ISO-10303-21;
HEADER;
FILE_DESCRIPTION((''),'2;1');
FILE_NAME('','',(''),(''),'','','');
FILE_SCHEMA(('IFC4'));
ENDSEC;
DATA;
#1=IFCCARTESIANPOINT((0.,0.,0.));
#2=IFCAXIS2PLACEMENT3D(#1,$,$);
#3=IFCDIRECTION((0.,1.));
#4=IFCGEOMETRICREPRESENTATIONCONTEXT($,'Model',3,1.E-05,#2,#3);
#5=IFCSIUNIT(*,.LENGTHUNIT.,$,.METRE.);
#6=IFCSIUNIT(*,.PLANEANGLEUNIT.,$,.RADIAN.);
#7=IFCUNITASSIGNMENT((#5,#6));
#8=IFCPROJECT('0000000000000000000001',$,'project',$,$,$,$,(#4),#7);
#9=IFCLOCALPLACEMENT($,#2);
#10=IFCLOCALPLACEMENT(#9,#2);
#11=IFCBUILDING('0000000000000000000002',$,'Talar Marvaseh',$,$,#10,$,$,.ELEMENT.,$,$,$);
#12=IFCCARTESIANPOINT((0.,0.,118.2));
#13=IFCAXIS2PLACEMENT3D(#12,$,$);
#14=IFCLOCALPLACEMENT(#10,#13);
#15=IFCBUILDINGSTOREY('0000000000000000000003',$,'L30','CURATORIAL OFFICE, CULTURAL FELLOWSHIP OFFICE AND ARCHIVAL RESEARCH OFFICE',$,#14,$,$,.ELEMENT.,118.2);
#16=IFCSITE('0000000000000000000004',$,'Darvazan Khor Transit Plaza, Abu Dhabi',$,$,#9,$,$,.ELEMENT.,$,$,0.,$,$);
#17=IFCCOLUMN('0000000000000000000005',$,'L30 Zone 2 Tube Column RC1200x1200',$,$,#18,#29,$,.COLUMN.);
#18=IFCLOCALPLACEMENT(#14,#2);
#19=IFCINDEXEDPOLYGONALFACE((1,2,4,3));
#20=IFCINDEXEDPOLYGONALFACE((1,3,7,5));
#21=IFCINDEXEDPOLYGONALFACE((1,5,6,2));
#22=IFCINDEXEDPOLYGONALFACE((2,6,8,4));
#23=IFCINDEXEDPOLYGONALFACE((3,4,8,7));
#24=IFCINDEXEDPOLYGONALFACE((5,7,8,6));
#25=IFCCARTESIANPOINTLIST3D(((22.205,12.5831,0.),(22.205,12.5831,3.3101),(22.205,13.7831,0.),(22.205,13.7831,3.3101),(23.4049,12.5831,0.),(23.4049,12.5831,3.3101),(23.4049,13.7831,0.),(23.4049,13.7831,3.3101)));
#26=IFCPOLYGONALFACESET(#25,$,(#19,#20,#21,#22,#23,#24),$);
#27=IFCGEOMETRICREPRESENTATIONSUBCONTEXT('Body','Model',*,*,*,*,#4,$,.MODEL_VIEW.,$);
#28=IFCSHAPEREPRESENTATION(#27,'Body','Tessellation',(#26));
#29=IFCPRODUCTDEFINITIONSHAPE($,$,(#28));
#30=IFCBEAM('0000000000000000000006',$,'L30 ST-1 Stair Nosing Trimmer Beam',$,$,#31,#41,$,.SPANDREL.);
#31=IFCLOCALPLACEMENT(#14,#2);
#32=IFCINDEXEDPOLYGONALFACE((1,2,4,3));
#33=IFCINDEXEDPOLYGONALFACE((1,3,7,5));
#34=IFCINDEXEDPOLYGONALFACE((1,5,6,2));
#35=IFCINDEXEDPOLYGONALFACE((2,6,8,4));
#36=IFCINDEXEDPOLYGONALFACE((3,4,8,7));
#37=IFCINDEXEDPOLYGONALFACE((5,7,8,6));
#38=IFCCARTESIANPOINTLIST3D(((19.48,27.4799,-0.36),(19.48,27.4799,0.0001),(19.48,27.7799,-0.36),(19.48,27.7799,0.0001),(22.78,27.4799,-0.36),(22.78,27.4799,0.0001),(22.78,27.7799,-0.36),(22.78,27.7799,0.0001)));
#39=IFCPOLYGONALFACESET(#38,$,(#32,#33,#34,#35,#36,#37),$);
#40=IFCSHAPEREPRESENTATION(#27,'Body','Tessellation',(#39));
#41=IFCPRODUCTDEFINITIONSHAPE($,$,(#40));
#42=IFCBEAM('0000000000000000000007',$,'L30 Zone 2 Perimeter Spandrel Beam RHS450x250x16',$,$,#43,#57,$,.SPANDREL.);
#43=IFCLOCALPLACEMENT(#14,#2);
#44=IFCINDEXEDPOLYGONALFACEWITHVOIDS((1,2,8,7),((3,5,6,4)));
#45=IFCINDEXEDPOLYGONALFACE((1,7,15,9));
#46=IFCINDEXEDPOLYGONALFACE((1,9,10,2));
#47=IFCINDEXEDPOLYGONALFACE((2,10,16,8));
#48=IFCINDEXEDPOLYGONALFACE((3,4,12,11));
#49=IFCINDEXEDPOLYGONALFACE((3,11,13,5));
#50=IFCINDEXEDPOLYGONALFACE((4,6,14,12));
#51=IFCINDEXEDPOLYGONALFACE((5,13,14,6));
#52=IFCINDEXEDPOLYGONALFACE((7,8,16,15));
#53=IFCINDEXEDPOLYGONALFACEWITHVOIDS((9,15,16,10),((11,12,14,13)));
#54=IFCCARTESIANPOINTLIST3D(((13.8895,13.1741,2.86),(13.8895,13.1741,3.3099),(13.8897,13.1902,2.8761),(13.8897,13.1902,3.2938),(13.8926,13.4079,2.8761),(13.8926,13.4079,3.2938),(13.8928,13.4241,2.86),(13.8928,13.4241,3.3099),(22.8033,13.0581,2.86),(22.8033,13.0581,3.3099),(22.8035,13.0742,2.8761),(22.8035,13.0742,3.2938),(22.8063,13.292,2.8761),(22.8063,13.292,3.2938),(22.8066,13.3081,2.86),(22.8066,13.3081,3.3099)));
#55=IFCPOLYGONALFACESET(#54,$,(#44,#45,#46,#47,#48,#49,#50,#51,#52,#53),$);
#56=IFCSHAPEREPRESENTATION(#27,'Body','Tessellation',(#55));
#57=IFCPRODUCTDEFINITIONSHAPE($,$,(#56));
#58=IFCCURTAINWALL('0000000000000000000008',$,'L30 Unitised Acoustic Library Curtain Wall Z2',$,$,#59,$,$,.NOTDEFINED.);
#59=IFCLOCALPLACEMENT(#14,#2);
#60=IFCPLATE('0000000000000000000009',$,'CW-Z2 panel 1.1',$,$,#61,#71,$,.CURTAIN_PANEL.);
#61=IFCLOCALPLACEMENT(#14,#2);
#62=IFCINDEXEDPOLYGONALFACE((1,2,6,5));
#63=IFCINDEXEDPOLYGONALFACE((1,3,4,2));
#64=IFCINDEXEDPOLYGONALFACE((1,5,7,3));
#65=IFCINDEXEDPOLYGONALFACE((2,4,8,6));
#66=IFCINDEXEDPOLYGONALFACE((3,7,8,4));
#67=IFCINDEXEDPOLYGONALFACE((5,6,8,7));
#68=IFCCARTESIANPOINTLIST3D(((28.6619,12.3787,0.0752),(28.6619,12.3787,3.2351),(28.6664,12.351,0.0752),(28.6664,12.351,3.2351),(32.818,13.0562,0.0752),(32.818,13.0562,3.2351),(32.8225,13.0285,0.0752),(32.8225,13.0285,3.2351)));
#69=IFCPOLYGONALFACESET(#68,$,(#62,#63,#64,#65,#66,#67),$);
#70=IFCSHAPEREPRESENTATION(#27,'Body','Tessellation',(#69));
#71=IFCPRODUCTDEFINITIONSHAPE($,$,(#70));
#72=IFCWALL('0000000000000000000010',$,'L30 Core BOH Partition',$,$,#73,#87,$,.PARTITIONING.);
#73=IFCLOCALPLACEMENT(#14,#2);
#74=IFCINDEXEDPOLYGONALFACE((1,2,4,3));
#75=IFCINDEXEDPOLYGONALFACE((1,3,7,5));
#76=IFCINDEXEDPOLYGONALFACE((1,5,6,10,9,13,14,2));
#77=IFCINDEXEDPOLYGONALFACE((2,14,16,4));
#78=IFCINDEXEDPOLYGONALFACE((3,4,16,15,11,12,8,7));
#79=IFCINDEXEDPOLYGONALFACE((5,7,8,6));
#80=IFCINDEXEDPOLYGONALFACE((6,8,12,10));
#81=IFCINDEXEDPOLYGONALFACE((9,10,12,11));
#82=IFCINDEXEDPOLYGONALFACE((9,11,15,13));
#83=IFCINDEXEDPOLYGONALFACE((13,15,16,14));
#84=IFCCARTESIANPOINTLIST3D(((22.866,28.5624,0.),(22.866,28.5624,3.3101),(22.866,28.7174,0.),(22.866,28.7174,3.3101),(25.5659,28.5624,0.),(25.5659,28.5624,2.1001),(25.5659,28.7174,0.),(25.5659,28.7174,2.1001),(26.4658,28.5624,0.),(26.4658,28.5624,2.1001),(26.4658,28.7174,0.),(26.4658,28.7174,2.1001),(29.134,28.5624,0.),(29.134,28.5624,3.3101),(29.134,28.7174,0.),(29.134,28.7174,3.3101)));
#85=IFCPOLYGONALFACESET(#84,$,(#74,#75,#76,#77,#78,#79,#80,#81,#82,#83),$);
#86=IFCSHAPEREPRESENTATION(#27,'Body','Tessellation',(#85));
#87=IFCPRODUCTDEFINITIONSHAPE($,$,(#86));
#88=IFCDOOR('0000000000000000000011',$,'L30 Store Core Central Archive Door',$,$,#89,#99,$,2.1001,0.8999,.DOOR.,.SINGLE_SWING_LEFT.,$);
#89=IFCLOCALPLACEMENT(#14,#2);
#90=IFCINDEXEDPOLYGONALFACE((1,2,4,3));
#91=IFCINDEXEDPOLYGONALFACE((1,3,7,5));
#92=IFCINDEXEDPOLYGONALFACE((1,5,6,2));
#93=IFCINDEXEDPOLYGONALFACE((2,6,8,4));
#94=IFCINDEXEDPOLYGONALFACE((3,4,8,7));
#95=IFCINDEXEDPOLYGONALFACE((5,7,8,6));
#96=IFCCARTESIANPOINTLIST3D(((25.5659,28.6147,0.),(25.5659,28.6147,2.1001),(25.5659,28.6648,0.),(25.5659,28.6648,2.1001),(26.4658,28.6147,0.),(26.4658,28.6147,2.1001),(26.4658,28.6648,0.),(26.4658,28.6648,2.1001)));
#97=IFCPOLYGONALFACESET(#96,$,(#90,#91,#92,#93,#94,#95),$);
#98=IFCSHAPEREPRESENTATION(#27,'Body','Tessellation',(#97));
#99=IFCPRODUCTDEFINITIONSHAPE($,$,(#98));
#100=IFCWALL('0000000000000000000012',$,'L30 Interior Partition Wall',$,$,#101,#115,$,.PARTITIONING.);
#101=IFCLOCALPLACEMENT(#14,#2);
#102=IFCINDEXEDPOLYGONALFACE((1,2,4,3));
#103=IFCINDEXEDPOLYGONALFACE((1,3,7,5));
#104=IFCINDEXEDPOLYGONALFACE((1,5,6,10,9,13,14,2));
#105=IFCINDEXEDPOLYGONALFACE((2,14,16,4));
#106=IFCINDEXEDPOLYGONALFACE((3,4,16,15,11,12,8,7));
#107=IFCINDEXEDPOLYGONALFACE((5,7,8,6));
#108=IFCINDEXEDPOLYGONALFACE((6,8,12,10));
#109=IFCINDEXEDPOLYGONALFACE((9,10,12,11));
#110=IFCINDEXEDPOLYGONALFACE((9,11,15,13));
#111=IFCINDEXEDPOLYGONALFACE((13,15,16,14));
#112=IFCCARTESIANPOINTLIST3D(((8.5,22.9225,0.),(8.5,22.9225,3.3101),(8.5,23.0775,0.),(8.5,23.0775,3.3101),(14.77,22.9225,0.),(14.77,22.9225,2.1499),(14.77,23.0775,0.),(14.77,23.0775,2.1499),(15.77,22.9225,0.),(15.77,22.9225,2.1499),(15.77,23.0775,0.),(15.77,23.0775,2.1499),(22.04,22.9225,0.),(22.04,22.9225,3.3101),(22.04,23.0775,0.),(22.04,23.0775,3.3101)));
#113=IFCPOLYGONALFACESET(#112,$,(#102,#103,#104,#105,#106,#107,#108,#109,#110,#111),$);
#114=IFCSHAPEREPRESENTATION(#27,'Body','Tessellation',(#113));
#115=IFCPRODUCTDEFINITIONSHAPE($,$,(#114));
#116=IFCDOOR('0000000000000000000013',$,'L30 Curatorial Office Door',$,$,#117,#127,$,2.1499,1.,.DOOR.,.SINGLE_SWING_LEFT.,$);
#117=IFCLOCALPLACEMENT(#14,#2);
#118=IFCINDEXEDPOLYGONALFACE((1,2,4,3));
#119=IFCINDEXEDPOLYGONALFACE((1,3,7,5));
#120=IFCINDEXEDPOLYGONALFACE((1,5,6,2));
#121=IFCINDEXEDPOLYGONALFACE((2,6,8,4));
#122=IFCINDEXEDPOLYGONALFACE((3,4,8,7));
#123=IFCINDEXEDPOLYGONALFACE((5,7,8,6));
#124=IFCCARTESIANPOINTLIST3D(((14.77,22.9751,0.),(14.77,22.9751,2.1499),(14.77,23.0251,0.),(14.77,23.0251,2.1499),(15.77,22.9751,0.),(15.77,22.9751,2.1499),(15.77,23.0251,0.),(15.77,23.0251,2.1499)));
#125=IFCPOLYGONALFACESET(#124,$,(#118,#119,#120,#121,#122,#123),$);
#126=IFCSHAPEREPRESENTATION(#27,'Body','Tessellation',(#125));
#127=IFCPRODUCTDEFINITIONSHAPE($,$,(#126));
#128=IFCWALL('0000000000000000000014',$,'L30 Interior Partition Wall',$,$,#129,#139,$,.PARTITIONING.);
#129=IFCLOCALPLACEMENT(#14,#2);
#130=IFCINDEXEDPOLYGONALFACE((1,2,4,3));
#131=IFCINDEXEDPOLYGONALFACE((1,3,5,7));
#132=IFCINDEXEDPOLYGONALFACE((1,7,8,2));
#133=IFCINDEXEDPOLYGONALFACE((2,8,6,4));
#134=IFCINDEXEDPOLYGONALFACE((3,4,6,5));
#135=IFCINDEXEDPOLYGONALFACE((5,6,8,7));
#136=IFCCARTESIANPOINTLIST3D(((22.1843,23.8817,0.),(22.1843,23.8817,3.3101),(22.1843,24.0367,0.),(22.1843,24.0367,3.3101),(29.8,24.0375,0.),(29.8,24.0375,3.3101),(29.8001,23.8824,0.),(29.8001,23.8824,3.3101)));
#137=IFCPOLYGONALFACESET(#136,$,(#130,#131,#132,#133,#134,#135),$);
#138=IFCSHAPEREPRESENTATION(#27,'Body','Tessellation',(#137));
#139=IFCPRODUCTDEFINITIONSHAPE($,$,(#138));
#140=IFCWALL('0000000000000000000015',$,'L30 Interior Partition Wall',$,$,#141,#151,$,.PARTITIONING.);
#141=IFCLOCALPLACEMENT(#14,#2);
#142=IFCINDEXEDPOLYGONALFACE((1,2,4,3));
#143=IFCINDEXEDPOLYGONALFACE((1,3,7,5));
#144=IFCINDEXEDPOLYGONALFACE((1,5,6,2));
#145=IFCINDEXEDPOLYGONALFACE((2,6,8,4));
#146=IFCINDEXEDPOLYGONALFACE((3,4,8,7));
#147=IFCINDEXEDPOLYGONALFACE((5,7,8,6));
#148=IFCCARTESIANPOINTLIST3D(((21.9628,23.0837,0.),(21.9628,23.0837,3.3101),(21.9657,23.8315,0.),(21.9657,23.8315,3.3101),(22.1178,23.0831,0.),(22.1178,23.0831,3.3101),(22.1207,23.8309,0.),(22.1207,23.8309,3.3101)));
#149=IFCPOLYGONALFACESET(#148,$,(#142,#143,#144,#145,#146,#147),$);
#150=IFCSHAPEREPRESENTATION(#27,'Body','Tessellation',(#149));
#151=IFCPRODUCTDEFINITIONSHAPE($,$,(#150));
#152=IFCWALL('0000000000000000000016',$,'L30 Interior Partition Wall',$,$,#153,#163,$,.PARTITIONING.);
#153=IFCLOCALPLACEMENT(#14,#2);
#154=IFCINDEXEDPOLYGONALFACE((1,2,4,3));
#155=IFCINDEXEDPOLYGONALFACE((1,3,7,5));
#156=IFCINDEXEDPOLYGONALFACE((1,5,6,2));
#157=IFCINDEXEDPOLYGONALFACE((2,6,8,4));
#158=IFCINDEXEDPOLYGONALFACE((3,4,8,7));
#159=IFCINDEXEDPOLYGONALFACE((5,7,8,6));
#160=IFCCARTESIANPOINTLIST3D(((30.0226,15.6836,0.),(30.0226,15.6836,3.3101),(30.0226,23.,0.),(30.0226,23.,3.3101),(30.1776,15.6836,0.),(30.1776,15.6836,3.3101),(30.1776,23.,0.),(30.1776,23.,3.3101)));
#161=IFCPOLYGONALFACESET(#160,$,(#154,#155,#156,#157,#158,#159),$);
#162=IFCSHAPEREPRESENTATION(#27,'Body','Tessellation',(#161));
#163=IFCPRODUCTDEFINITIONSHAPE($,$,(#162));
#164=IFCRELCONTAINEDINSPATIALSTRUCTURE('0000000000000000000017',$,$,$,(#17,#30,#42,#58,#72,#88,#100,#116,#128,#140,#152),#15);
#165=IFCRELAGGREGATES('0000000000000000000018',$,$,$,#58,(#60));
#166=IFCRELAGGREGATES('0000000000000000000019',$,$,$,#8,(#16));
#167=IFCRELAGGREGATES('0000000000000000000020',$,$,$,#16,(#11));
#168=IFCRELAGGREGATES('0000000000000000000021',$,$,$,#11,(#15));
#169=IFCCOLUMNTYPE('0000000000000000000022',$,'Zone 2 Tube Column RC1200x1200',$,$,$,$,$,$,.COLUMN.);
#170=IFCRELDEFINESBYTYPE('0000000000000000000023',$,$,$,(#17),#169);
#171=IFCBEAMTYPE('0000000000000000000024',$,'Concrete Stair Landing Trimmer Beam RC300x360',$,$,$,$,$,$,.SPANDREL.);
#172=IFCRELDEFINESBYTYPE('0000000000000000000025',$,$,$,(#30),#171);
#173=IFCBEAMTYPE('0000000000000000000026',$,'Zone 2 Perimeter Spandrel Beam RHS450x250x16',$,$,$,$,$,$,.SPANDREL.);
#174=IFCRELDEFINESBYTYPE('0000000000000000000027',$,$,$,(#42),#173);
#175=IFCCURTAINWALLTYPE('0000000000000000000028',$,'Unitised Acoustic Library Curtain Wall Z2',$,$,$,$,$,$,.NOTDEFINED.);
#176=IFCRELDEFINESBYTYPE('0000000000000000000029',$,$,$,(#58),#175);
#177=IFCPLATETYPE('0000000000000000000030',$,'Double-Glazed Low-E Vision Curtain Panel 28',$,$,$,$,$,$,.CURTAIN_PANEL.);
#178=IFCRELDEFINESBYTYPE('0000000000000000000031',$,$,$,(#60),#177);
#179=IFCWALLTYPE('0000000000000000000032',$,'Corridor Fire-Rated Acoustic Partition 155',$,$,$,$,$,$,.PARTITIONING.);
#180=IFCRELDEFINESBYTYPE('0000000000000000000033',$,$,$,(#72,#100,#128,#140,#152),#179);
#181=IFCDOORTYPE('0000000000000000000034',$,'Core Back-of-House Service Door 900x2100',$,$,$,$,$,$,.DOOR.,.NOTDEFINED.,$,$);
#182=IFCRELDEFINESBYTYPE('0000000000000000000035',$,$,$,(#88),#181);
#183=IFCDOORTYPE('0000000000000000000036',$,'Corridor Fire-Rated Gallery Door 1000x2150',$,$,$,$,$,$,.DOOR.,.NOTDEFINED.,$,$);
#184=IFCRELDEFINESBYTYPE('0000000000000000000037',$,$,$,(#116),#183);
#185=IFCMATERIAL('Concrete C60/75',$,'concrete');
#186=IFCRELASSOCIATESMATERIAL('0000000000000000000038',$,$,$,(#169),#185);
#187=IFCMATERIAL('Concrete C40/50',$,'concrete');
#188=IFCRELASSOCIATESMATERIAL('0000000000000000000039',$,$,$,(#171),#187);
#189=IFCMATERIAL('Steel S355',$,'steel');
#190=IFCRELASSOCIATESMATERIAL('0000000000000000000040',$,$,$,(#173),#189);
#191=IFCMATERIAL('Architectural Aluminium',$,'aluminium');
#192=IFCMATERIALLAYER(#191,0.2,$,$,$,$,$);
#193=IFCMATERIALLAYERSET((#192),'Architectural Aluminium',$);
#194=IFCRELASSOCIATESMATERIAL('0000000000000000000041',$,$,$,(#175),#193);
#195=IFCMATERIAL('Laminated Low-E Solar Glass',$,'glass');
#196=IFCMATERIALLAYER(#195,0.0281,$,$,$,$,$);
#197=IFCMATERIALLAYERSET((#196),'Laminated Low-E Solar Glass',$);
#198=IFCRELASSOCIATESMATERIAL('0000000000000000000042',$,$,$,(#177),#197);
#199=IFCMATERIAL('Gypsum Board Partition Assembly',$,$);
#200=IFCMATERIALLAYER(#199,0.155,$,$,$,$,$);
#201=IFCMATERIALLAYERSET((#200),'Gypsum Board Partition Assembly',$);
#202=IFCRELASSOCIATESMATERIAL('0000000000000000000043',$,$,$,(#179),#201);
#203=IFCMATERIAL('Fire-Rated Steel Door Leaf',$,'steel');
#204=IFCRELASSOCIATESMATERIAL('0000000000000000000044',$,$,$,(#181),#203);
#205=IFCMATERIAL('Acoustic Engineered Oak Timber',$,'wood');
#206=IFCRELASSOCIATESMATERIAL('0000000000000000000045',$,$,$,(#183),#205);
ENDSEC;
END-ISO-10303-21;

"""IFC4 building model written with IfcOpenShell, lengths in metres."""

from ifc_helpers import new_model, si_unit, direction, frame, frame_2d, origin, origin_2d, place, context, subcontext, project, spatial, rectangle, hollow_rectangle, extrude, source, transform, mapped, material, layer, layer_set, material_profile, profile_set, type_object, type_shapes, element, fill, aggregate, save


model = new_model("IFC4")

# Units and contexts
model_context = context("Model", 3, precision=1e-05, world=origin(), true_north=direction((0.0, 1.0)))
body_context = subcontext(model_context, "Body", "Model", "MODEL_VIEW")
ifc_project = project(units=[si_unit("LENGTHUNIT", "METRE"), si_unit("PLANEANGLEUNIT", "RADIAN")], contexts=[model_context])

# Site, building, storey
site_placement = place(None, origin())
site = spatial("IfcSite", under=ifc_project, at=site_placement, Name="Darvazan Khor Transit Plaza, Abu Dhabi", CompositionType="ELEMENT", RefElevation=0.0)
building_placement = place(site_placement, origin())
building = spatial("IfcBuilding", under=site, at=building_placement, Name="Talar Marvaseh", CompositionType="ELEMENT")
storey_placement = place(building_placement, frame((0.0, 0.0, 118.2)))
storey = spatial("IfcBuildingStorey", under=building, at=storey_placement, Name="L30", Description="CURATORIAL OFFICE, CULTURAL FELLOWSHIP OFFICE AND ARCHIVAL RESEARCH OFFICE", CompositionType="ELEMENT", Elevation=118.2)

# Column
ifc_material_1 = material(Name="Concrete C60/75", Category="concrete")
ifc_material_profile_1 = material_profile(ifc_material_1, rectangle(XDim=1.2, YDim=1.2, at=origin_2d()), Name="RC1200x1200")
ifc_profile_set_1 = profile_set([ifc_material_profile_1], Name="Concrete C60/75")
column_type = type_object("IfcColumnType", Name="Zone 2 Tube Column RC1200x1200", PredefinedType="COLUMN", material=ifc_profile_set_1)
column_placement = place(storey_placement, frame((22.8049, 13.1831, 0.0), z_axis=(0.0, 0.0, 1.0), x_axis=(1.0, 0.0, 0.0)))
element("IfcColumn", 1, at=column_placement, inside=storey, type_object=column_type, Name="L30 Zone 2 Tube Column RC1200x1200", PredefinedType="COLUMN", context=body_context, shape_type="SweptSolid", body=[
    extrude(rectangle(XDim=1.2, YDim=1.2, at=origin_2d()), origin(), (0.0, 0.0, 1.0), 3.3101),
])

# Beams
ifc_material_2 = material(Name="Concrete C40/50", Category="concrete")
ifc_material_profile_2 = material_profile(ifc_material_2, rectangle(XDim=0.3, YDim=0.3601, at=origin_2d()), Name="RC300x360")
ifc_profile_set_2 = profile_set([ifc_material_profile_2], Name="Concrete C40/50")
beam_type_1 = type_object("IfcBeamType", Name="Concrete Stair Landing Trimmer Beam RC300x360", PredefinedType="SPANDREL", material=ifc_profile_set_2)
beam_1_placement = place(storey_placement, frame((22.78, 27.6299, -0.1799), z_axis=(-1.0, 0.0, 0.0), x_axis=(0.0, -1.0, 0.0)))
element("IfcBeam", 2, at=beam_1_placement, inside=storey, type_object=beam_type_1, Name="L30 ST-1 Stair Nosing Trimmer Beam", PredefinedType="SPANDREL", context=body_context, shape_type="SweptSolid", body=[
    extrude(rectangle(XDim=0.3, YDim=0.3601, at=origin_2d()), origin(), (0.0, 0.0, 1.0), 3.3),
])
ifc_material_3 = material(Name="Steel S355", Category="steel")
ifc_material_profile_3 = material_profile(ifc_material_3, hollow_rectangle(XDim=0.25, YDim=0.45, WallThickness=0.0161, at=origin_2d()), Name="RHS450x250x16")
ifc_profile_set_3 = profile_set([ifc_material_profile_3], Name="Steel S355")
beam_type_2 = type_object("IfcBeamType", Name="Zone 2 Perimeter Spandrel Beam RHS450x250x16", PredefinedType="SPANDREL", material=ifc_profile_set_3)
beam_2_placement = place(storey_placement, frame((22.8049, 13.1831, 3.085), z_axis=(-0.999915, 0.013009, 0.0), x_axis=(-0.013009, -0.999915, 0.0)))
element("IfcBeam", 3, at=beam_2_placement, inside=storey, type_object=beam_type_2, Name="L30 Zone 2 Perimeter Spandrel Beam RHS450x250x16", PredefinedType="SPANDREL", context=body_context, shape_type="SweptSolid", body=[
    extrude(hollow_rectangle(XDim=0.25, YDim=0.45, WallThickness=0.0161, at=origin_2d()), origin(), (0.0, 0.0, 1.0), 8.9146),
])

# Curtain wall, plate
ifc_material_4 = material(Name="Architectural Aluminium", Category="aluminium")
ifc_layer_1 = layer(ifc_material_4, 0.2)
ifc_layer_set_1 = layer_set([ifc_layer_1], Name="Architectural Aluminium")
curtain_wall_type = type_object("IfcCurtainWallType", Name="Unitised Acoustic Library Curtain Wall Z2", PredefinedType="NOTDEFINED", material=ifc_layer_set_1)
curtain_wall_placement = place(storey_placement, origin())
curtain_wall = element("IfcCurtainWall", 4, at=curtain_wall_placement, inside=storey, type_object=curtain_wall_type, Name="L30 Unitised Acoustic Library Curtain Wall Z2", PredefinedType="NOTDEFINED")
ifc_material_5 = material(Name="Laminated Low-E Solar Glass", Category="glass")
ifc_layer_2 = layer(ifc_material_5, 0.0281)
ifc_layer_set_2 = layer_set([ifc_layer_2], Name="Laminated Low-E Solar Glass")
plate_type = type_object("IfcPlateType", Name="Double-Glazed Low-E Vision Curtain Panel 28", PredefinedType="CURTAIN_PANEL", material=ifc_layer_set_2)
shared_shape_1 = source(origin(), body_context, "Body", "SweptSolid", [
    extrude(rectangle(XDim=4.2109, YDim=0.0281, at=origin_2d()), origin(), (0.0, 0.0, 1.0), 3.1599),
])
type_shapes(plate_type, [shared_shape_1])
plate_placement = place(storey_placement, frame((30.7422, 12.7036, 0.0752), z_axis=(0.0, 0.0, 1.0), x_axis=(-0.986972, -0.160892, 0.0)))
plate = element("IfcPlate", 5, at=plate_placement, type_object=plate_type, Name="CW-Z2 panel 1.1", PredefinedType="CURTAIN_PANEL", context=body_context, shape_type="MappedRepresentation", body=[
    mapped(shared_shape_1, transform((0.0, 0.0, 0.0), x_axis=(1.0, 0.0, 0.0), y_axis=(0.0, 1.0, 0.0), z_axis=(0.0, 0.0, 1.0), scale=1.0)),
])
aggregate(curtain_wall, [plate])

# Walls, openings, doors
ifc_material_6 = material(Name="Gypsum Board Partition Assembly")
ifc_layer_3 = layer(ifc_material_6, 0.155)
ifc_layer_set_3 = layer_set([ifc_layer_3], Name="Gypsum Board Partition Assembly")
wall_type_1 = type_object("IfcWallType", Name="Corridor Fire-Rated Acoustic Partition 155", PredefinedType="PARTITIONING", material=ifc_layer_set_3)
wall_1_placement = place(storey_placement, frame((22.866, 28.6399, 0.0), z_axis=(0.0, 0.0, 1.0), x_axis=(1.0, 0.0, 0.0)))
wall_1 = element("IfcWall", 6, at=wall_1_placement, inside=storey, type_object=wall_type_1, Name="L30 Core BOH Partition", PredefinedType="PARTITIONING", context=body_context, shape_type="SweptSolid", body=[
    extrude(rectangle(XDim=6.2681, YDim=0.155, at=frame_2d((3.134, 0.0))), origin(), (0.0, 0.0, 1.0), 3.3101),
])
opening_1_placement = place(wall_1_placement, frame((2.7, 0.0, 0.0)))
opening_1 = element("IfcOpeningElement", 7, at=opening_1_placement, cuts=wall_1, PredefinedType="OPENING", context=body_context, shape_type="SweptSolid", body=[
    extrude(rectangle(XDim=0.8999, YDim=2.1001, at=frame_2d((0.45, 1.05))), frame((0.0, 0.0874, 0.0), z_axis=(0.0, -1.0, 0.0), x_axis=(1.0, 0.0, 0.0)), (0.0, 0.0, 1.0), 0.175),
])
ifc_material_7 = material(Name="Fire-Rated Steel Door Leaf", Category="steel")
door_type_1 = type_object("IfcDoorType", Name="Core Back-of-House Service Door 900x2100", OperationType="NOTDEFINED", PredefinedType="DOOR", material=ifc_material_7)
shared_shape_2 = source(origin(), body_context, "Body", "SweptSolid", [
    extrude(rectangle(XDim=0.8999, YDim=2.1001, at=frame_2d((0.45, 1.05))), frame((0.0, 0.0249, 0.0), z_axis=(0.0, -1.0, 0.0), x_axis=(1.0, 0.0, 0.0)), (0.0, 0.0, 1.0), 0.05),
])
type_shapes(door_type_1, [shared_shape_2])
door_1_placement = place(opening_1_placement, origin())
door_1 = element("IfcDoor", 8, at=door_1_placement, inside=storey, type_object=door_type_1, Name="L30 Store Core Central Archive Door", OperationType="SINGLE_SWING_LEFT", OverallHeight=2.1001, OverallWidth=0.8999, PredefinedType="DOOR", context=body_context, shape_type="MappedRepresentation", body=[
    mapped(shared_shape_2, transform((0.0, 0.0, 0.0), x_axis=(1.0, 0.0, 0.0), y_axis=(0.0, 1.0, 0.0), z_axis=(0.0, 0.0, 1.0), scale=1.0)),
])
fill(opening_1, door_1)
wall_2_placement = place(storey_placement, frame((22.04, 23.0, 0.0), z_axis=(0.0, 0.0, 1.0), x_axis=(-1.0, 0.0, 0.0)))
wall_2 = element("IfcWall", 9, at=wall_2_placement, inside=storey, type_object=wall_type_1, Name="L30 Interior Partition Wall", PredefinedType="PARTITIONING", context=body_context, shape_type="SweptSolid", body=[
    extrude(rectangle(XDim=13.54, YDim=0.155, at=frame_2d((6.77, 0.0))), origin(), (0.0, 0.0, 1.0), 3.3101),
])
opening_2_placement = place(wall_2_placement, frame((6.27, 0.0, 0.0)))
opening_2 = element("IfcOpeningElement", 10, at=opening_2_placement, cuts=wall_2, PredefinedType="OPENING", context=body_context, shape_type="SweptSolid", body=[
    extrude(rectangle(XDim=1.0, YDim=2.1499, at=frame_2d((0.5, 1.075))), frame((0.0, 0.0874, 0.0), z_axis=(0.0, -1.0, 0.0), x_axis=(1.0, 0.0, 0.0)), (0.0, 0.0, 1.0), 0.175),
])
ifc_material_8 = material(Name="Acoustic Engineered Oak Timber", Category="wood")
door_type_2 = type_object("IfcDoorType", Name="Corridor Fire-Rated Gallery Door 1000x2150", OperationType="NOTDEFINED", PredefinedType="DOOR", material=ifc_material_8)
shared_shape_3 = source(origin(), body_context, "Body", "SweptSolid", [
    extrude(rectangle(XDim=1.0, YDim=2.1499, at=frame_2d((0.5, 1.075))), frame((0.0, 0.0249, 0.0), z_axis=(0.0, -1.0, 0.0), x_axis=(1.0, 0.0, 0.0)), (0.0, 0.0, 1.0), 0.05),
])
type_shapes(door_type_2, [shared_shape_3])
door_2_placement = place(opening_2_placement, origin())
door_2 = element("IfcDoor", 11, at=door_2_placement, inside=storey, type_object=door_type_2, Name="L30 Curatorial Office Door", OperationType="SINGLE_SWING_LEFT", OverallHeight=2.1499, OverallWidth=1.0, PredefinedType="DOOR", context=body_context, shape_type="MappedRepresentation", body=[
    mapped(shared_shape_3, transform((0.0, 0.0, 0.0), x_axis=(1.0, 0.0, 0.0), y_axis=(0.0, 1.0, 0.0), z_axis=(0.0, 0.0, 1.0), scale=1.0)),
])
fill(opening_2, door_2)

# Walls
wall_3_placement = place(storey_placement, frame((29.8, 23.96, 0.0), z_axis=(0.0, 0.0, 1.0), x_axis=(-1.0, -0.000096, 0.0)))
element("IfcWall", 12, at=wall_3_placement, inside=storey, type_object=wall_type_1, Name="L30 Interior Partition Wall", PredefinedType="PARTITIONING", context=body_context, shape_type="SweptSolid", body=[
    extrude(rectangle(XDim=7.6157, YDim=0.155, at=frame_2d((3.8079, 0.0))), origin(), (0.0, 0.0, 1.0), 3.3101),
])
wall_4_placement = place(storey_placement, frame((22.0432, 23.8313, 0.0), z_axis=(0.0, 0.0, 1.0), x_axis=(-0.003918, -0.999992, 0.0)))
element("IfcWall", 13, at=wall_4_placement, inside=storey, type_object=wall_type_1, Name="L30 Interior Partition Wall", PredefinedType="PARTITIONING", context=body_context, shape_type="SweptSolid", body=[
    extrude(rectangle(XDim=0.7478, YDim=0.155, at=frame_2d((0.374, 0.0))), origin(), (0.0, 0.0, 1.0), 3.3101),
])
wall_5_placement = place(storey_placement, frame((30.1001, 15.6836, 0.0), z_axis=(0.0, 0.0, 1.0), x_axis=(0.0, 1.0, 0.0)))
element("IfcWall", 14, at=wall_5_placement, inside=storey, type_object=wall_type_1, Name="L30 Interior Partition Wall", PredefinedType="PARTITIONING", context=body_context, shape_type="SweptSolid", body=[
    extrude(rectangle(XDim=7.3164, YDim=0.155, at=frame_2d((3.6582, 0.0))), origin(), (0.0, 0.0, 1.0), 3.3101),
])

save(model, "model.ifc")
